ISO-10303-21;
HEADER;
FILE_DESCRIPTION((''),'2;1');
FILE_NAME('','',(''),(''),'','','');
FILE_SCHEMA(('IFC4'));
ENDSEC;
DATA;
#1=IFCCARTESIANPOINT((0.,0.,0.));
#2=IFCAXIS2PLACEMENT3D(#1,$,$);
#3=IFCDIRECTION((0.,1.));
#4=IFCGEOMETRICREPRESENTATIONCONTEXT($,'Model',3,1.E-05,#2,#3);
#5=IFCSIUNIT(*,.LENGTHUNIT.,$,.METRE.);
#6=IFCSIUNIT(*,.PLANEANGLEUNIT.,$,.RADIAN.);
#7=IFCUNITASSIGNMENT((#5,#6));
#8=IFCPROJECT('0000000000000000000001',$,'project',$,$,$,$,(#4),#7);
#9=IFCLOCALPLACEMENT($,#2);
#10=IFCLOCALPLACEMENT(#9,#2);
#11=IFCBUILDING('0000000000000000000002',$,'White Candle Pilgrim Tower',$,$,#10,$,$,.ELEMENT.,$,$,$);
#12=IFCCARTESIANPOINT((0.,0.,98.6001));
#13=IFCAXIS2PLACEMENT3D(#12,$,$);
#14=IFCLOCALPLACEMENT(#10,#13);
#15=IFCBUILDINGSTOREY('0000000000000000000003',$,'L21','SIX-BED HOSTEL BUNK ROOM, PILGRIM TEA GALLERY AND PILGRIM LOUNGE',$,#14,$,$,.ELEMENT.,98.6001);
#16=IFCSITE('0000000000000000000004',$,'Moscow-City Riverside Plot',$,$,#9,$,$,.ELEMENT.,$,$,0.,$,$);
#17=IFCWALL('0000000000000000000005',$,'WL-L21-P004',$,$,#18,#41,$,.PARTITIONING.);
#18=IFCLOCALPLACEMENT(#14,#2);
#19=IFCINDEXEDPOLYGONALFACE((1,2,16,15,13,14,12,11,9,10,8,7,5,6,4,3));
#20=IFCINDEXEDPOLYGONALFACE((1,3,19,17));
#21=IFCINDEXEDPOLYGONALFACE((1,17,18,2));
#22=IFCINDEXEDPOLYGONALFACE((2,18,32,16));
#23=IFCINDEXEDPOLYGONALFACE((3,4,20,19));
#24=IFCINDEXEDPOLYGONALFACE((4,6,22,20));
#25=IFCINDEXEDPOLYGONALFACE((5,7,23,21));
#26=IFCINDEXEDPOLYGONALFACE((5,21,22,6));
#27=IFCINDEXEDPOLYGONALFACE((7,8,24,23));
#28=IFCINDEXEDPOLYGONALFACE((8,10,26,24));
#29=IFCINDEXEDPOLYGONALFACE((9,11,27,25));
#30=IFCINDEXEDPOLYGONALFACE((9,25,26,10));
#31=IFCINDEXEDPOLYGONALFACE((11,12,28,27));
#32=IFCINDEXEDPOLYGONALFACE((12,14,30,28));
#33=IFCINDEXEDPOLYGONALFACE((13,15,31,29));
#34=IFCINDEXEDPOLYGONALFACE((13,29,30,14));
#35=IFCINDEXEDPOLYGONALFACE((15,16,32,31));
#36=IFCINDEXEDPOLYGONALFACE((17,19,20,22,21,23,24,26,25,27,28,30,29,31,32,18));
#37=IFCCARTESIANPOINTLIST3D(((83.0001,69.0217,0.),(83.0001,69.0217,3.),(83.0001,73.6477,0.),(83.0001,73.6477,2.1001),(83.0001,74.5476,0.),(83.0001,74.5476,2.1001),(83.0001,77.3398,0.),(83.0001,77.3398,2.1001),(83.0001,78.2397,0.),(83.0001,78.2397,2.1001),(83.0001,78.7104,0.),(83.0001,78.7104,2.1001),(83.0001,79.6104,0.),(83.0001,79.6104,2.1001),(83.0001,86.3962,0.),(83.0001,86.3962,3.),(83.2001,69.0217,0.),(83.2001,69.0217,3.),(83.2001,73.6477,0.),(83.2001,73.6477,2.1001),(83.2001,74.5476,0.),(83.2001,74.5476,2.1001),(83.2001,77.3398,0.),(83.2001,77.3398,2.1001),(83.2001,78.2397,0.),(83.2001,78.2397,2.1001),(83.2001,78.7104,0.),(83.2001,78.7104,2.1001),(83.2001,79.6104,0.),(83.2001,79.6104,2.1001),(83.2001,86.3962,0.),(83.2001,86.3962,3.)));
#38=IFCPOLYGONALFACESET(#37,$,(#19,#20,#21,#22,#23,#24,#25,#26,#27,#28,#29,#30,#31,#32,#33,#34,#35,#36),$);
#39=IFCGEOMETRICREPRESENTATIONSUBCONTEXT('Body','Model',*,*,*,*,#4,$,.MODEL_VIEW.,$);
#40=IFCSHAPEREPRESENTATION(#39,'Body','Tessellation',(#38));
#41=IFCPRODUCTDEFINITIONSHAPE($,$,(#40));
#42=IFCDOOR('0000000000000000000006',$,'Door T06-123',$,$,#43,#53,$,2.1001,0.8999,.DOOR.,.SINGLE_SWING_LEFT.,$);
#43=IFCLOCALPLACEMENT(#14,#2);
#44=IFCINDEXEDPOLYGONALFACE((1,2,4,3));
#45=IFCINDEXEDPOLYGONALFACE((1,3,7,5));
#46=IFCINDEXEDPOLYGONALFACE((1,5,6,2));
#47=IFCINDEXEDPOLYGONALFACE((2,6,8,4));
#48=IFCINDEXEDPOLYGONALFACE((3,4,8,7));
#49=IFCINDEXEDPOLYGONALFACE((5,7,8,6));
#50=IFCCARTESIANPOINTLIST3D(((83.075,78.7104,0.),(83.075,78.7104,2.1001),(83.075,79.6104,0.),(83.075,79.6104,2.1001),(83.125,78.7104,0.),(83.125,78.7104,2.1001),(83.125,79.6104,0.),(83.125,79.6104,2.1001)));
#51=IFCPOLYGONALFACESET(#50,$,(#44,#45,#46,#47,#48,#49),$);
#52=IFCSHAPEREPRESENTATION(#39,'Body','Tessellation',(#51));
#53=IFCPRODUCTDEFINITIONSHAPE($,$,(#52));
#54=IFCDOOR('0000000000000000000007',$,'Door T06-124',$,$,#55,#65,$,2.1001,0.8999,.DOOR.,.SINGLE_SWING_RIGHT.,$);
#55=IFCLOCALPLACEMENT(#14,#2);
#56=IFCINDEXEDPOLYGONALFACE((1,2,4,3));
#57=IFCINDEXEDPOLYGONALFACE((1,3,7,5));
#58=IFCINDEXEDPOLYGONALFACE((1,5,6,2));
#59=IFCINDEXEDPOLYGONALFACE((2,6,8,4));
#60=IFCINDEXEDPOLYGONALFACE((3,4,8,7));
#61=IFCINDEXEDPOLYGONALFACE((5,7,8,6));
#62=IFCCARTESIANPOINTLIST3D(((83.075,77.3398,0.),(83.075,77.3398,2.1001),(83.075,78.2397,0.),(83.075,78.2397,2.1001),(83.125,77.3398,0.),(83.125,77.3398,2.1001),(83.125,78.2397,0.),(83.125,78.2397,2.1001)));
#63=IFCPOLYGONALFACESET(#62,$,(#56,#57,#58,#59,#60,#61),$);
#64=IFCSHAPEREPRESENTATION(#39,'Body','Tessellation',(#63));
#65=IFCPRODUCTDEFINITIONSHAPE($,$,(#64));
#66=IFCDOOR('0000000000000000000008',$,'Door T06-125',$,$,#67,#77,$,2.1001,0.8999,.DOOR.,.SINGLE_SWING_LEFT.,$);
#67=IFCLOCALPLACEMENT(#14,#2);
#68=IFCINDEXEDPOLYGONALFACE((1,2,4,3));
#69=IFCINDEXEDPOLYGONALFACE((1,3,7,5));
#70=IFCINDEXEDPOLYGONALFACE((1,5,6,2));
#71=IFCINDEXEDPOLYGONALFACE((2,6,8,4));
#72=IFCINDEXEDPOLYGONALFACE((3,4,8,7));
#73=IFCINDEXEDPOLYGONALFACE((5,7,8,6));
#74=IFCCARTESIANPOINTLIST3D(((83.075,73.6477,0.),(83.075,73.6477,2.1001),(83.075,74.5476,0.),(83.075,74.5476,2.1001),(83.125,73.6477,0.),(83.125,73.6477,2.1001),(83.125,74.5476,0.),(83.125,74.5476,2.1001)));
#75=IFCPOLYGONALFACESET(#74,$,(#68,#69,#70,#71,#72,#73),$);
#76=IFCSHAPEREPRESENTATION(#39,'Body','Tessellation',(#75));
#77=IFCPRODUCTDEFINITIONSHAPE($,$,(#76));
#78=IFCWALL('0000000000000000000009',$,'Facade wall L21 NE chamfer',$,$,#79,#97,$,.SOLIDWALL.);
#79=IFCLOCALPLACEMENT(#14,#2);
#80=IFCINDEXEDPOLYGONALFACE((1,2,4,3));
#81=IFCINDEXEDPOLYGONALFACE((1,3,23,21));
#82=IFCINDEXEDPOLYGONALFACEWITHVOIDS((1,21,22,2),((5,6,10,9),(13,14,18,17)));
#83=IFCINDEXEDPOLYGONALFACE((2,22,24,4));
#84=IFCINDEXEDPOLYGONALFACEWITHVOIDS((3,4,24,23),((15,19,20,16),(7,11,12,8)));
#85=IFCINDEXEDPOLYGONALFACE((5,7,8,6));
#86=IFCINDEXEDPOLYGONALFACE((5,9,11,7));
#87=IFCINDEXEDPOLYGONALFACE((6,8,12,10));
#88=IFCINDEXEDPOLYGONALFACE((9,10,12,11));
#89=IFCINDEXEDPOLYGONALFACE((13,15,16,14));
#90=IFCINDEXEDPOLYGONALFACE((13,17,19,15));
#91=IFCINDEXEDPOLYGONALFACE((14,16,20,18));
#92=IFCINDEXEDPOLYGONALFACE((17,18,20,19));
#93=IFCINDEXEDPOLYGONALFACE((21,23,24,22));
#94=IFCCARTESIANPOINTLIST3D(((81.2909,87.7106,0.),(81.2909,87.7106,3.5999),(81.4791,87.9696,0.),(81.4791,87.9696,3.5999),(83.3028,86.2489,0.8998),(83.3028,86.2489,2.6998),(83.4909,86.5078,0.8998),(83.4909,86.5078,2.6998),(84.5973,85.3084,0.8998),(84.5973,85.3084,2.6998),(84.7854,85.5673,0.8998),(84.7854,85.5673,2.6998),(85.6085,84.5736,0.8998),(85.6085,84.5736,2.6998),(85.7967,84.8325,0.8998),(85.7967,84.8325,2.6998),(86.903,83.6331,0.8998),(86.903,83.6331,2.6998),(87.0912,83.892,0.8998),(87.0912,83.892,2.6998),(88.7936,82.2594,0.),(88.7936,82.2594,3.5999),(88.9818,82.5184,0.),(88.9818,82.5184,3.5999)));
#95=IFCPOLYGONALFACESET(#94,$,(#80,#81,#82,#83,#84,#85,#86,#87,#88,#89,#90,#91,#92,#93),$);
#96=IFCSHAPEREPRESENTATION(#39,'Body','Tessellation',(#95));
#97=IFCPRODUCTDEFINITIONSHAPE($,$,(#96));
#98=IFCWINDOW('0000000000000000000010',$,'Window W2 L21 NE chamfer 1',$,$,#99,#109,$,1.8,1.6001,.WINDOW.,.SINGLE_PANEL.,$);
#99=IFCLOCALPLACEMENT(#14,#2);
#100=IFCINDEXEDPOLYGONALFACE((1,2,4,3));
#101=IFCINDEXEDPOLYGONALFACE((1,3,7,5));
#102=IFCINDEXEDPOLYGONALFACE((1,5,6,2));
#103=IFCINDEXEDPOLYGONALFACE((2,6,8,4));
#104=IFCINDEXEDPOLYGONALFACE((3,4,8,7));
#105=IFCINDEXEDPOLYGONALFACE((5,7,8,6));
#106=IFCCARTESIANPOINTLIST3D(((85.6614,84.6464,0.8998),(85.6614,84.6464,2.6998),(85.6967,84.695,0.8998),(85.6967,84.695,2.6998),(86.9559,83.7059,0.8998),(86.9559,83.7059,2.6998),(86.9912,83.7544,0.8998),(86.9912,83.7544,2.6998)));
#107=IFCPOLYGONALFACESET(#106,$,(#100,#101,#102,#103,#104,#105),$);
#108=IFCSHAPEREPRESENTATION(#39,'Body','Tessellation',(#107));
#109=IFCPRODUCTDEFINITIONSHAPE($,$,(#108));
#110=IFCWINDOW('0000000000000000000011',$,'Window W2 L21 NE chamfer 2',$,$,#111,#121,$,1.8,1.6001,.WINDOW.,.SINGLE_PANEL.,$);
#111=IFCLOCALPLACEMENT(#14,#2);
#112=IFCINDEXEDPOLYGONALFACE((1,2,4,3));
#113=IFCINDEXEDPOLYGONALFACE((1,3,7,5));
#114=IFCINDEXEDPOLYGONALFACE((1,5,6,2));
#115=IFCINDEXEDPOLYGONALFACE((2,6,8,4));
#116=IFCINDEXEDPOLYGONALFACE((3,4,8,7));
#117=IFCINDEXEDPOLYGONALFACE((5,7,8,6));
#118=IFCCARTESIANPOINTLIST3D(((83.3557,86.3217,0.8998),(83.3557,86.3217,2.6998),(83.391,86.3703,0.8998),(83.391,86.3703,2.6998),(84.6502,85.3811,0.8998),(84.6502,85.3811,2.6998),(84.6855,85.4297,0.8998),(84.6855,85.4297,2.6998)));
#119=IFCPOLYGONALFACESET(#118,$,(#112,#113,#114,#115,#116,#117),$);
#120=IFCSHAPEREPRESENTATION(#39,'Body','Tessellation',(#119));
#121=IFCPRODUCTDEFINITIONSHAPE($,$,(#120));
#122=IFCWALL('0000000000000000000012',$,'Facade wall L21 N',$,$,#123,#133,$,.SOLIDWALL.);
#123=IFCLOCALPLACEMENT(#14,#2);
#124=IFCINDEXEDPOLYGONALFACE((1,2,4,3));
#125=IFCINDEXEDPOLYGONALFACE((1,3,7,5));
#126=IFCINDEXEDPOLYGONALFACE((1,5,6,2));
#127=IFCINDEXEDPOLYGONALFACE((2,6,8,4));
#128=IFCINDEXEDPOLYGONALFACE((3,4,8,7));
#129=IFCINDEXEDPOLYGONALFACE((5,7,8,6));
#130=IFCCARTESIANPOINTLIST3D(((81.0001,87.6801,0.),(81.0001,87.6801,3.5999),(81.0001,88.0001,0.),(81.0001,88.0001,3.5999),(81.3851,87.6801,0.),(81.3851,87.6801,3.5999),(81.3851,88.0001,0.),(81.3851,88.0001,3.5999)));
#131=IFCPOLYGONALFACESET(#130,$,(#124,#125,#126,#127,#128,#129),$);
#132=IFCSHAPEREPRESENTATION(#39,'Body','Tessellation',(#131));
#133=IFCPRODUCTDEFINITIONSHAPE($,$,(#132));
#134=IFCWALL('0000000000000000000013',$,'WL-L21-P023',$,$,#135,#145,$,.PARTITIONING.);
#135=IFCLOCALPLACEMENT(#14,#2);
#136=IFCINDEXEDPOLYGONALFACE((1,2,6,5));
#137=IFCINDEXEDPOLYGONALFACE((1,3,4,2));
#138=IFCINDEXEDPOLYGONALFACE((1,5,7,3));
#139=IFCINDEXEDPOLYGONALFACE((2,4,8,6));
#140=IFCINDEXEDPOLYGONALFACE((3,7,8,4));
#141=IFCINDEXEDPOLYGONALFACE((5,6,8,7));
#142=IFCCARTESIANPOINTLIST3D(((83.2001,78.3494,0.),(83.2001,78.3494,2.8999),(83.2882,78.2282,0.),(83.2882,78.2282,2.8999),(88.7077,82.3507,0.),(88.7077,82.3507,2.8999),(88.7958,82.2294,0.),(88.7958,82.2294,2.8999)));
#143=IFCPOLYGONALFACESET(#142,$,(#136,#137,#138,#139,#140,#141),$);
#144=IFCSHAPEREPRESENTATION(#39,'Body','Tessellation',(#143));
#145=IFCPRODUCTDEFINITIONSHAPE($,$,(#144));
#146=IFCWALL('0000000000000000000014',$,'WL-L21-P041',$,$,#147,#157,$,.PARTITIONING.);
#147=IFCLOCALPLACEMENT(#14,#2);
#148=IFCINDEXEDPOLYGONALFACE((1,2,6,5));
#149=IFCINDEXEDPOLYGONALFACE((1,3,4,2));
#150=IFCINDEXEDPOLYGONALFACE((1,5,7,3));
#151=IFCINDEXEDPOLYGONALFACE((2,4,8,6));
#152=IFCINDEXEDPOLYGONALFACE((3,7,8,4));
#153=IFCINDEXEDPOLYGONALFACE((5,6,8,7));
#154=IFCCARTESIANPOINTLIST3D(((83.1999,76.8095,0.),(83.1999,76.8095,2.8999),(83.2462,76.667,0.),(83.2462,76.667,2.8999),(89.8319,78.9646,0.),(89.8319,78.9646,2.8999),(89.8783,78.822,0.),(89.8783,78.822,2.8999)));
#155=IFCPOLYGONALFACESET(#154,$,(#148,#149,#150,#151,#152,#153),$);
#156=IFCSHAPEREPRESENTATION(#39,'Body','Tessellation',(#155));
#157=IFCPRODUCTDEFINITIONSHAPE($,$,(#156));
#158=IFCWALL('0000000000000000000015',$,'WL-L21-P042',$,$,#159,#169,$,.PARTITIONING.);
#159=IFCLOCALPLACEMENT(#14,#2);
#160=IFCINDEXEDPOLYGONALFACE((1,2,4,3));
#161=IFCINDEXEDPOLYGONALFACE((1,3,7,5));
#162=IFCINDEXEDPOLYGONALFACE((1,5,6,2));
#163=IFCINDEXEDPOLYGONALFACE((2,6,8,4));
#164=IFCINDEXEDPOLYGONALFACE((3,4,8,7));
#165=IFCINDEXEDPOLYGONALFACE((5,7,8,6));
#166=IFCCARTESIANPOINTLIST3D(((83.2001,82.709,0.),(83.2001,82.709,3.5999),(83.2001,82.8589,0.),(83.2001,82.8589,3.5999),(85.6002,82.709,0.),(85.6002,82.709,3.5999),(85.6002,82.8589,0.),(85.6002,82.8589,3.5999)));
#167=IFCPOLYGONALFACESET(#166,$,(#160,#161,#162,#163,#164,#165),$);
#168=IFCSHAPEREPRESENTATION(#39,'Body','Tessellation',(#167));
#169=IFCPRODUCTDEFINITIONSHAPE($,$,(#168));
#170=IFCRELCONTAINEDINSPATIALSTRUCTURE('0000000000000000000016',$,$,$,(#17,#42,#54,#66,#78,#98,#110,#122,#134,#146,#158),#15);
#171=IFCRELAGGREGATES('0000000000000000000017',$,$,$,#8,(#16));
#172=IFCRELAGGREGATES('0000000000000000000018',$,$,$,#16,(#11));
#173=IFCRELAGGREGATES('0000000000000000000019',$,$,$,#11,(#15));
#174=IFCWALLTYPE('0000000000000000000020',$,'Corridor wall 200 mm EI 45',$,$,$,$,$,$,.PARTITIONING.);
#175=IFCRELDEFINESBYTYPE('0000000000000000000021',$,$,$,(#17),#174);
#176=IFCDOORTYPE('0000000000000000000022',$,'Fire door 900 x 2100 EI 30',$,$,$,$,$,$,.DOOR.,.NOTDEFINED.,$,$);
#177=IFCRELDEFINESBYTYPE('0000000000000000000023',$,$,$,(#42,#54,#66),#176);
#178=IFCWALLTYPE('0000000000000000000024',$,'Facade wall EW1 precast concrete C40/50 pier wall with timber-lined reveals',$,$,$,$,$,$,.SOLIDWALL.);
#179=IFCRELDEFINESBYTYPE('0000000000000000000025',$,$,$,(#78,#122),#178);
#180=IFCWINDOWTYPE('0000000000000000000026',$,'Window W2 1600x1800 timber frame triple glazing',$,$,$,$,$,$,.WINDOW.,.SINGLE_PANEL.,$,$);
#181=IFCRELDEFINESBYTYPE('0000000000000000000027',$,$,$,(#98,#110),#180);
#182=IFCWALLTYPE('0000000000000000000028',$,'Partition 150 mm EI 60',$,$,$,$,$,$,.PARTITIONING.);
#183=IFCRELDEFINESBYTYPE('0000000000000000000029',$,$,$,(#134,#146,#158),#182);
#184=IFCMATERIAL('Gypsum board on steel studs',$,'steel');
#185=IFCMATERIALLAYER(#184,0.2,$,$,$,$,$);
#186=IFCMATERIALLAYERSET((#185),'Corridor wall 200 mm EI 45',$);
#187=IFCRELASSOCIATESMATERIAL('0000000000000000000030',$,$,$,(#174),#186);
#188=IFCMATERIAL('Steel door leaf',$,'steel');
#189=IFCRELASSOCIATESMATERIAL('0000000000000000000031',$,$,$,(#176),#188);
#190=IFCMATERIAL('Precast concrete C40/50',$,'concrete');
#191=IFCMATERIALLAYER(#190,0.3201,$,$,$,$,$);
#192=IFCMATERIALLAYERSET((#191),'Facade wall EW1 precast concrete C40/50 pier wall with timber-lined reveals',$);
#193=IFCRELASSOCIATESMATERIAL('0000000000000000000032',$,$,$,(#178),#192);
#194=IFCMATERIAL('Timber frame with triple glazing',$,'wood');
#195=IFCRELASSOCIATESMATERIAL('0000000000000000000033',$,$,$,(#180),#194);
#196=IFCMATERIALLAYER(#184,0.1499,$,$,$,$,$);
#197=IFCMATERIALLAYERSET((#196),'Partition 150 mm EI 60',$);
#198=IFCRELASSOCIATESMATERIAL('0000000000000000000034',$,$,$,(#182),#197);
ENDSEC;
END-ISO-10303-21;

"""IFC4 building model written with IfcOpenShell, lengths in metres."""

from ifc_helpers import new_model, si_unit, direction, frame, frame_2d, origin, place, context, subcontext, project, spatial, rectangle, extrude, material, layer, layer_set, type_object, element, fill, save


model = new_model("IFC4")

# Units and contexts
model_context = context("Model", 3, precision=1e-05, world=origin(), true_north=direction((0.0, 1.0)))
body_context = subcontext(model_context, "Body", "Model", "MODEL_VIEW")
ifc_project = project(units=[si_unit("LENGTHUNIT", "METRE"), si_unit("PLANEANGLEUNIT", "RADIAN")], contexts=[model_context])

# Site, building, storey
site_placement = place(None, origin())
site = spatial("IfcSite", under=ifc_project, at=site_placement, Name="Moscow-City Riverside Plot", CompositionType="ELEMENT", RefElevation=0.0)
building_placement = place(site_placement, origin())
building = spatial("IfcBuilding", under=site, at=building_placement, Name="White Candle Pilgrim Tower", CompositionType="ELEMENT")
storey_placement = place(building_placement, frame((0.0, 0.0, 98.6001)))
storey = spatial("IfcBuildingStorey", under=building, at=storey_placement, Name="L21", Description="SIX-BED HOSTEL BUNK ROOM, PILGRIM TEA GALLERY AND PILGRIM LOUNGE", CompositionType="ELEMENT", Elevation=98.6001)

# Shared definitions
ifc_material_1 = material(Name="Steel door leaf", Category="steel")

# Wall, openings, doors
ifc_material_2 = material(Name="Gypsum board on steel studs", Category="steel")
ifc_layer_1 = layer(ifc_material_2, 0.2)
ifc_layer_set_1 = layer_set([ifc_layer_1], Name="Corridor wall 200 mm EI 45")
wall_type_1 = type_object("IfcWallType", Name="Corridor wall 200 mm EI 45", PredefinedType="PARTITIONING", material=ifc_layer_set_1)
wall_1_placement = place(storey_placement, frame((83.1001, 86.3962, 0.0), z_axis=(0.0, 0.0, 1.0), x_axis=(0.0, -1.0, 0.0)))
wall_1 = element("IfcWall", 1, at=wall_1_placement, inside=storey, type_object=wall_type_1, Name="WL-L21-P004", PredefinedType="PARTITIONING", context=body_context, shape_type="SweptSolid", body=[
    extrude(rectangle(XDim=17.3745, YDim=0.2, at=frame_2d((8.6873, 0.0))), origin(), (0.0, 0.0, 1.0), 3.0),
])
opening_1_placement = place(wall_1_placement, frame((6.7859, 0.0, 0.0)))
opening_1 = element("IfcOpeningElement", 2, at=opening_1_placement, cuts=wall_1, PredefinedType="OPENING", context=body_context, shape_type="SweptSolid", body=[
    extrude(rectangle(XDim=0.8999, YDim=2.1001, at=frame_2d((0.45, 1.05))), frame((0.0, 0.1099, 0.0), z_axis=(0.0, -1.0, 0.0), x_axis=(1.0, 0.0, 0.0)), (0.0, 0.0, 1.0), 0.22),
])
opening_2_placement = place(wall_1_placement, frame((8.1565, 0.0, 0.0)))
opening_2 = element("IfcOpeningElement", 3, at=opening_2_placement, cuts=wall_1, PredefinedType="OPENING", context=body_context, shape_type="SweptSolid", body=[
    extrude(rectangle(XDim=0.8999, YDim=2.1001, at=frame_2d((0.45, 1.05))), frame((0.0, 0.1099, 0.0), z_axis=(0.0, -1.0, 0.0), x_axis=(1.0, 0.0, 0.0)), (0.0, 0.0, 1.0), 0.22),
])
opening_3_placement = place(wall_1_placement, frame((11.8486, 0.0, 0.0)))
opening_3 = element("IfcOpeningElement", 4, at=opening_3_placement, cuts=wall_1, PredefinedType="OPENING", context=body_context, shape_type="SweptSolid", body=[
    extrude(rectangle(XDim=0.8999, YDim=2.1001, at=frame_2d((0.45, 1.05))), frame((0.0, 0.1099, 0.0), z_axis=(0.0, -1.0, 0.0), x_axis=(1.0, 0.0, 0.0)), (0.0, 0.0, 1.0), 0.22),
])
door_type_1 = type_object("IfcDoorType", Name="Fire door 900 x 2100 EI 30", OperationType="NOTDEFINED", PredefinedType="DOOR", material=ifc_material_1)
door_1_placement = place(opening_1_placement, origin())
door_1 = element("IfcDoor", 5, at=door_1_placement, inside=storey, type_object=door_type_1, Name="Door T06-123", OperationType="SINGLE_SWING_LEFT", OverallHeight=2.1001, OverallWidth=0.8999, PredefinedType="DOOR", context=body_context, shape_type="SweptSolid", body=[
    extrude(rectangle(XDim=0.8999, YDim=2.1001, at=frame_2d((0.45, 1.05))), frame((0.0, 0.0249, 0.0), z_axis=(0.0, -1.0, 0.0), x_axis=(1.0, 0.0, 0.0)), (0.0, 0.0, 1.0), 0.05),
])
fill(opening_1, door_1)
door_2_placement = place(opening_2_placement, origin())
door_2 = element("IfcDoor", 6, at=door_2_placement, inside=storey, type_object=door_type_1, Name="Door T06-124", OperationType="SINGLE_SWING_RIGHT", OverallHeight=2.1001, OverallWidth=0.8999, PredefinedType="DOOR", context=body_context, shape_type="SweptSolid", body=[
    extrude(rectangle(XDim=0.8999, YDim=2.1001, at=frame_2d((0.45, 1.05))), frame((0.0, 0.0249, 0.0), z_axis=(0.0, -1.0, 0.0), x_axis=(1.0, 0.0, 0.0)), (0.0, 0.0, 1.0), 0.05),
])
fill(opening_2, door_2)
door_3_placement = place(opening_3_placement, origin())
door_3 = element("IfcDoor", 7, at=door_3_placement, inside=storey, type_object=door_type_1, Name="Door T06-125", OperationType="SINGLE_SWING_LEFT", OverallHeight=2.1001, OverallWidth=0.8999, PredefinedType="DOOR", context=body_context, shape_type="SweptSolid", body=[
    extrude(rectangle(XDim=0.8999, YDim=2.1001, at=frame_2d((0.45, 1.05))), frame((0.0, 0.0249, 0.0), z_axis=(0.0, -1.0, 0.0), x_axis=(1.0, 0.0, 0.0)), (0.0, 0.0, 1.0), 0.05),
])
fill(opening_3, door_3)

# Wall, openings, windows
ifc_material_3 = material(Name="Precast concrete C40/50", Category="concrete")
ifc_layer_2 = layer(ifc_material_3, 0.3201)
ifc_layer_set_2 = layer_set([ifc_layer_2], Name="Facade wall EW1 precast concrete C40/50 pier wall with timber-lined reveals")
wall_type_2 = type_object("IfcWallType", Name="Facade wall EW1 precast concrete C40/50 pier wall with timber-lined reveals", PredefinedType="SOLIDWALL", material=ifc_layer_set_2)
wall_2_placement = place(storey_placement, frame((88.8877, 82.3889, 0.0), z_axis=(0.0, 0.0, 1.0), x_axis=(-0.809009, 0.587796, 0.0)))
wall_2 = element("IfcWall", 8, at=wall_2_placement, inside=storey, type_object=wall_type_2, Name="Facade wall L21 NE chamfer", PredefinedType="SOLIDWALL", context=body_context, shape_type="SweptSolid", body=[
    extrude(rectangle(XDim=9.2739, YDim=0.3201, at=frame_2d((4.637, 0.0))), origin(), (0.0, 0.0, 1.0), 3.5999),
])
opening_4_placement = place(wall_2_placement, frame((2.3369, 0.0, 0.8999)))
opening_4 = element("IfcOpeningElement", 9, at=opening_4_placement, cuts=wall_2, PredefinedType="OPENING", context=body_context, shape_type="SweptSolid", body=[
    extrude(rectangle(XDim=1.6001, YDim=1.8, at=frame_2d((0.8, 0.8999))), frame((0.0, 0.1699, 0.0), z_axis=(0.0, -1.0, 0.0), x_axis=(1.0, 0.0, 0.0)), (0.0, 0.0, 1.0), 0.3401),
])
opening_5_placement = place(wall_2_placement, frame((5.187, 0.0, 0.8999)))
opening_5 = element("IfcOpeningElement", 10, at=opening_5_placement, cuts=wall_2, PredefinedType="OPENING", context=body_context, shape_type="SweptSolid", body=[
    extrude(rectangle(XDim=1.6001, YDim=1.8, at=frame_2d((0.8, 0.8999))), frame((0.0, 0.1699, 0.0), z_axis=(0.0, -1.0, 0.0), x_axis=(1.0, 0.0, 0.0)), (0.0, 0.0, 1.0), 0.3401),
])
ifc_material_4 = material(Name="Timber frame with triple glazing", Category="wood")
window_type = type_object("IfcWindowType", Name="Window W2 1600x1800 timber frame triple glazing", PartitioningType="SINGLE_PANEL", PredefinedType="WINDOW", material=ifc_material_4)
window_1_placement = place(opening_4_placement, origin())
window_1 = element("IfcWindow", 11, at=window_1_placement, inside=storey, type_object=window_type, Name="Window W2 L21 NE chamfer 1", OverallHeight=1.8, OverallWidth=1.6001, PartitioningType="SINGLE_PANEL", PredefinedType="WINDOW", context=body_context, shape_type="SweptSolid", body=[
    extrude(rectangle(XDim=1.6001, YDim=1.8, at=frame_2d((0.8, 0.8999))), frame((0.0, 0.0701, 0.0), z_axis=(0.0, -1.0, 0.0), x_axis=(1.0, 0.0, 0.0)), (0.0, 0.0, 1.0), 0.0601),
])
fill(opening_4, window_1)
window_2_placement = place(opening_5_placement, origin())
window_2 = element("IfcWindow", 12, at=window_2_placement, inside=storey, type_object=window_type, Name="Window W2 L21 NE chamfer 2", OverallHeight=1.8, OverallWidth=1.6001, PartitioningType="SINGLE_PANEL", PredefinedType="WINDOW", context=body_context, shape_type="SweptSolid", body=[
    extrude(rectangle(XDim=1.6001, YDim=1.8, at=frame_2d((0.8, 0.8999))), frame((0.0, 0.0701, 0.0), z_axis=(0.0, -1.0, 0.0), x_axis=(1.0, 0.0, 0.0)), (0.0, 0.0, 1.0), 0.0601),
])
fill(opening_5, window_2)

# Walls
wall_3_placement = place(storey_placement, frame((81.385, 87.8401, 0.0), z_axis=(0.0, 0.0, 1.0), x_axis=(-1.0, 0.0, 0.0)))
element("IfcWall", 13, at=wall_3_placement, inside=storey, type_object=wall_type_2, Name="Facade wall L21 N", PredefinedType="SOLIDWALL", context=body_context, shape_type="SweptSolid", body=[
    extrude(rectangle(XDim=0.385, YDim=0.3201, at=frame_2d((0.1924, 0.0))), origin(), (0.0, 0.0, 1.0), 3.5999),
])
ifc_layer_3 = layer(ifc_material_2, 0.1499)
ifc_layer_set_3 = layer_set([ifc_layer_3], Name="Partition 150 mm EI 60")
wall_type_3 = type_object("IfcWallType", Name="Partition 150 mm EI 60", PredefinedType="PARTITIONING", material=ifc_layer_set_3)
wall_4_placement = place(storey_placement, frame((88.7517, 82.29, 0.0), z_axis=(0.0, 0.0, 1.0), x_axis=(-0.809035, -0.58776, 0.0)))
element("IfcWall", 14, at=wall_4_placement, inside=storey, type_object=wall_type_3, Name="WL-L21-P023", PredefinedType="PARTITIONING", context=body_context, shape_type="SweptSolid", body=[
    extrude(rectangle(XDim=6.8076, YDim=0.1499, at=frame_2d((3.4038, 0.0))), origin(), (0.0, 0.0, 1.0), 2.8999),
])
wall_5_placement = place(storey_placement, frame((89.8552, 78.8933, 0.0), z_axis=(0.0, 0.0, 1.0), x_axis=(-0.951051, -0.309035, 0.0)))
element("IfcWall", 15, at=wall_5_placement, inside=storey, type_object=wall_type_3, Name="WL-L21-P041", PredefinedType="PARTITIONING", context=body_context, shape_type="SweptSolid", body=[
    extrude(rectangle(XDim=6.9734, YDim=0.1499, at=frame_2d((3.4868, 0.0))), origin(), (0.0, 0.0, 1.0), 2.8999),
])
wall_6_placement = place(storey_placement, frame((83.2, 82.7839, 0.0), z_axis=(0.0, 0.0, 1.0), x_axis=(1.0, 0.0, 0.0)))
element("IfcWall", 16, at=wall_6_placement, inside=storey, type_object=wall_type_3, Name="WL-L21-P042", PredefinedType="PARTITIONING", context=body_context, shape_type="SweptSolid", body=[
    extrude(rectangle(XDim=2.4001, YDim=0.1499, at=frame_2d((1.2002, 0.0))), origin(), (0.0, 0.0, 1.0), 3.5999),
])

save(model, "model.ifc")
